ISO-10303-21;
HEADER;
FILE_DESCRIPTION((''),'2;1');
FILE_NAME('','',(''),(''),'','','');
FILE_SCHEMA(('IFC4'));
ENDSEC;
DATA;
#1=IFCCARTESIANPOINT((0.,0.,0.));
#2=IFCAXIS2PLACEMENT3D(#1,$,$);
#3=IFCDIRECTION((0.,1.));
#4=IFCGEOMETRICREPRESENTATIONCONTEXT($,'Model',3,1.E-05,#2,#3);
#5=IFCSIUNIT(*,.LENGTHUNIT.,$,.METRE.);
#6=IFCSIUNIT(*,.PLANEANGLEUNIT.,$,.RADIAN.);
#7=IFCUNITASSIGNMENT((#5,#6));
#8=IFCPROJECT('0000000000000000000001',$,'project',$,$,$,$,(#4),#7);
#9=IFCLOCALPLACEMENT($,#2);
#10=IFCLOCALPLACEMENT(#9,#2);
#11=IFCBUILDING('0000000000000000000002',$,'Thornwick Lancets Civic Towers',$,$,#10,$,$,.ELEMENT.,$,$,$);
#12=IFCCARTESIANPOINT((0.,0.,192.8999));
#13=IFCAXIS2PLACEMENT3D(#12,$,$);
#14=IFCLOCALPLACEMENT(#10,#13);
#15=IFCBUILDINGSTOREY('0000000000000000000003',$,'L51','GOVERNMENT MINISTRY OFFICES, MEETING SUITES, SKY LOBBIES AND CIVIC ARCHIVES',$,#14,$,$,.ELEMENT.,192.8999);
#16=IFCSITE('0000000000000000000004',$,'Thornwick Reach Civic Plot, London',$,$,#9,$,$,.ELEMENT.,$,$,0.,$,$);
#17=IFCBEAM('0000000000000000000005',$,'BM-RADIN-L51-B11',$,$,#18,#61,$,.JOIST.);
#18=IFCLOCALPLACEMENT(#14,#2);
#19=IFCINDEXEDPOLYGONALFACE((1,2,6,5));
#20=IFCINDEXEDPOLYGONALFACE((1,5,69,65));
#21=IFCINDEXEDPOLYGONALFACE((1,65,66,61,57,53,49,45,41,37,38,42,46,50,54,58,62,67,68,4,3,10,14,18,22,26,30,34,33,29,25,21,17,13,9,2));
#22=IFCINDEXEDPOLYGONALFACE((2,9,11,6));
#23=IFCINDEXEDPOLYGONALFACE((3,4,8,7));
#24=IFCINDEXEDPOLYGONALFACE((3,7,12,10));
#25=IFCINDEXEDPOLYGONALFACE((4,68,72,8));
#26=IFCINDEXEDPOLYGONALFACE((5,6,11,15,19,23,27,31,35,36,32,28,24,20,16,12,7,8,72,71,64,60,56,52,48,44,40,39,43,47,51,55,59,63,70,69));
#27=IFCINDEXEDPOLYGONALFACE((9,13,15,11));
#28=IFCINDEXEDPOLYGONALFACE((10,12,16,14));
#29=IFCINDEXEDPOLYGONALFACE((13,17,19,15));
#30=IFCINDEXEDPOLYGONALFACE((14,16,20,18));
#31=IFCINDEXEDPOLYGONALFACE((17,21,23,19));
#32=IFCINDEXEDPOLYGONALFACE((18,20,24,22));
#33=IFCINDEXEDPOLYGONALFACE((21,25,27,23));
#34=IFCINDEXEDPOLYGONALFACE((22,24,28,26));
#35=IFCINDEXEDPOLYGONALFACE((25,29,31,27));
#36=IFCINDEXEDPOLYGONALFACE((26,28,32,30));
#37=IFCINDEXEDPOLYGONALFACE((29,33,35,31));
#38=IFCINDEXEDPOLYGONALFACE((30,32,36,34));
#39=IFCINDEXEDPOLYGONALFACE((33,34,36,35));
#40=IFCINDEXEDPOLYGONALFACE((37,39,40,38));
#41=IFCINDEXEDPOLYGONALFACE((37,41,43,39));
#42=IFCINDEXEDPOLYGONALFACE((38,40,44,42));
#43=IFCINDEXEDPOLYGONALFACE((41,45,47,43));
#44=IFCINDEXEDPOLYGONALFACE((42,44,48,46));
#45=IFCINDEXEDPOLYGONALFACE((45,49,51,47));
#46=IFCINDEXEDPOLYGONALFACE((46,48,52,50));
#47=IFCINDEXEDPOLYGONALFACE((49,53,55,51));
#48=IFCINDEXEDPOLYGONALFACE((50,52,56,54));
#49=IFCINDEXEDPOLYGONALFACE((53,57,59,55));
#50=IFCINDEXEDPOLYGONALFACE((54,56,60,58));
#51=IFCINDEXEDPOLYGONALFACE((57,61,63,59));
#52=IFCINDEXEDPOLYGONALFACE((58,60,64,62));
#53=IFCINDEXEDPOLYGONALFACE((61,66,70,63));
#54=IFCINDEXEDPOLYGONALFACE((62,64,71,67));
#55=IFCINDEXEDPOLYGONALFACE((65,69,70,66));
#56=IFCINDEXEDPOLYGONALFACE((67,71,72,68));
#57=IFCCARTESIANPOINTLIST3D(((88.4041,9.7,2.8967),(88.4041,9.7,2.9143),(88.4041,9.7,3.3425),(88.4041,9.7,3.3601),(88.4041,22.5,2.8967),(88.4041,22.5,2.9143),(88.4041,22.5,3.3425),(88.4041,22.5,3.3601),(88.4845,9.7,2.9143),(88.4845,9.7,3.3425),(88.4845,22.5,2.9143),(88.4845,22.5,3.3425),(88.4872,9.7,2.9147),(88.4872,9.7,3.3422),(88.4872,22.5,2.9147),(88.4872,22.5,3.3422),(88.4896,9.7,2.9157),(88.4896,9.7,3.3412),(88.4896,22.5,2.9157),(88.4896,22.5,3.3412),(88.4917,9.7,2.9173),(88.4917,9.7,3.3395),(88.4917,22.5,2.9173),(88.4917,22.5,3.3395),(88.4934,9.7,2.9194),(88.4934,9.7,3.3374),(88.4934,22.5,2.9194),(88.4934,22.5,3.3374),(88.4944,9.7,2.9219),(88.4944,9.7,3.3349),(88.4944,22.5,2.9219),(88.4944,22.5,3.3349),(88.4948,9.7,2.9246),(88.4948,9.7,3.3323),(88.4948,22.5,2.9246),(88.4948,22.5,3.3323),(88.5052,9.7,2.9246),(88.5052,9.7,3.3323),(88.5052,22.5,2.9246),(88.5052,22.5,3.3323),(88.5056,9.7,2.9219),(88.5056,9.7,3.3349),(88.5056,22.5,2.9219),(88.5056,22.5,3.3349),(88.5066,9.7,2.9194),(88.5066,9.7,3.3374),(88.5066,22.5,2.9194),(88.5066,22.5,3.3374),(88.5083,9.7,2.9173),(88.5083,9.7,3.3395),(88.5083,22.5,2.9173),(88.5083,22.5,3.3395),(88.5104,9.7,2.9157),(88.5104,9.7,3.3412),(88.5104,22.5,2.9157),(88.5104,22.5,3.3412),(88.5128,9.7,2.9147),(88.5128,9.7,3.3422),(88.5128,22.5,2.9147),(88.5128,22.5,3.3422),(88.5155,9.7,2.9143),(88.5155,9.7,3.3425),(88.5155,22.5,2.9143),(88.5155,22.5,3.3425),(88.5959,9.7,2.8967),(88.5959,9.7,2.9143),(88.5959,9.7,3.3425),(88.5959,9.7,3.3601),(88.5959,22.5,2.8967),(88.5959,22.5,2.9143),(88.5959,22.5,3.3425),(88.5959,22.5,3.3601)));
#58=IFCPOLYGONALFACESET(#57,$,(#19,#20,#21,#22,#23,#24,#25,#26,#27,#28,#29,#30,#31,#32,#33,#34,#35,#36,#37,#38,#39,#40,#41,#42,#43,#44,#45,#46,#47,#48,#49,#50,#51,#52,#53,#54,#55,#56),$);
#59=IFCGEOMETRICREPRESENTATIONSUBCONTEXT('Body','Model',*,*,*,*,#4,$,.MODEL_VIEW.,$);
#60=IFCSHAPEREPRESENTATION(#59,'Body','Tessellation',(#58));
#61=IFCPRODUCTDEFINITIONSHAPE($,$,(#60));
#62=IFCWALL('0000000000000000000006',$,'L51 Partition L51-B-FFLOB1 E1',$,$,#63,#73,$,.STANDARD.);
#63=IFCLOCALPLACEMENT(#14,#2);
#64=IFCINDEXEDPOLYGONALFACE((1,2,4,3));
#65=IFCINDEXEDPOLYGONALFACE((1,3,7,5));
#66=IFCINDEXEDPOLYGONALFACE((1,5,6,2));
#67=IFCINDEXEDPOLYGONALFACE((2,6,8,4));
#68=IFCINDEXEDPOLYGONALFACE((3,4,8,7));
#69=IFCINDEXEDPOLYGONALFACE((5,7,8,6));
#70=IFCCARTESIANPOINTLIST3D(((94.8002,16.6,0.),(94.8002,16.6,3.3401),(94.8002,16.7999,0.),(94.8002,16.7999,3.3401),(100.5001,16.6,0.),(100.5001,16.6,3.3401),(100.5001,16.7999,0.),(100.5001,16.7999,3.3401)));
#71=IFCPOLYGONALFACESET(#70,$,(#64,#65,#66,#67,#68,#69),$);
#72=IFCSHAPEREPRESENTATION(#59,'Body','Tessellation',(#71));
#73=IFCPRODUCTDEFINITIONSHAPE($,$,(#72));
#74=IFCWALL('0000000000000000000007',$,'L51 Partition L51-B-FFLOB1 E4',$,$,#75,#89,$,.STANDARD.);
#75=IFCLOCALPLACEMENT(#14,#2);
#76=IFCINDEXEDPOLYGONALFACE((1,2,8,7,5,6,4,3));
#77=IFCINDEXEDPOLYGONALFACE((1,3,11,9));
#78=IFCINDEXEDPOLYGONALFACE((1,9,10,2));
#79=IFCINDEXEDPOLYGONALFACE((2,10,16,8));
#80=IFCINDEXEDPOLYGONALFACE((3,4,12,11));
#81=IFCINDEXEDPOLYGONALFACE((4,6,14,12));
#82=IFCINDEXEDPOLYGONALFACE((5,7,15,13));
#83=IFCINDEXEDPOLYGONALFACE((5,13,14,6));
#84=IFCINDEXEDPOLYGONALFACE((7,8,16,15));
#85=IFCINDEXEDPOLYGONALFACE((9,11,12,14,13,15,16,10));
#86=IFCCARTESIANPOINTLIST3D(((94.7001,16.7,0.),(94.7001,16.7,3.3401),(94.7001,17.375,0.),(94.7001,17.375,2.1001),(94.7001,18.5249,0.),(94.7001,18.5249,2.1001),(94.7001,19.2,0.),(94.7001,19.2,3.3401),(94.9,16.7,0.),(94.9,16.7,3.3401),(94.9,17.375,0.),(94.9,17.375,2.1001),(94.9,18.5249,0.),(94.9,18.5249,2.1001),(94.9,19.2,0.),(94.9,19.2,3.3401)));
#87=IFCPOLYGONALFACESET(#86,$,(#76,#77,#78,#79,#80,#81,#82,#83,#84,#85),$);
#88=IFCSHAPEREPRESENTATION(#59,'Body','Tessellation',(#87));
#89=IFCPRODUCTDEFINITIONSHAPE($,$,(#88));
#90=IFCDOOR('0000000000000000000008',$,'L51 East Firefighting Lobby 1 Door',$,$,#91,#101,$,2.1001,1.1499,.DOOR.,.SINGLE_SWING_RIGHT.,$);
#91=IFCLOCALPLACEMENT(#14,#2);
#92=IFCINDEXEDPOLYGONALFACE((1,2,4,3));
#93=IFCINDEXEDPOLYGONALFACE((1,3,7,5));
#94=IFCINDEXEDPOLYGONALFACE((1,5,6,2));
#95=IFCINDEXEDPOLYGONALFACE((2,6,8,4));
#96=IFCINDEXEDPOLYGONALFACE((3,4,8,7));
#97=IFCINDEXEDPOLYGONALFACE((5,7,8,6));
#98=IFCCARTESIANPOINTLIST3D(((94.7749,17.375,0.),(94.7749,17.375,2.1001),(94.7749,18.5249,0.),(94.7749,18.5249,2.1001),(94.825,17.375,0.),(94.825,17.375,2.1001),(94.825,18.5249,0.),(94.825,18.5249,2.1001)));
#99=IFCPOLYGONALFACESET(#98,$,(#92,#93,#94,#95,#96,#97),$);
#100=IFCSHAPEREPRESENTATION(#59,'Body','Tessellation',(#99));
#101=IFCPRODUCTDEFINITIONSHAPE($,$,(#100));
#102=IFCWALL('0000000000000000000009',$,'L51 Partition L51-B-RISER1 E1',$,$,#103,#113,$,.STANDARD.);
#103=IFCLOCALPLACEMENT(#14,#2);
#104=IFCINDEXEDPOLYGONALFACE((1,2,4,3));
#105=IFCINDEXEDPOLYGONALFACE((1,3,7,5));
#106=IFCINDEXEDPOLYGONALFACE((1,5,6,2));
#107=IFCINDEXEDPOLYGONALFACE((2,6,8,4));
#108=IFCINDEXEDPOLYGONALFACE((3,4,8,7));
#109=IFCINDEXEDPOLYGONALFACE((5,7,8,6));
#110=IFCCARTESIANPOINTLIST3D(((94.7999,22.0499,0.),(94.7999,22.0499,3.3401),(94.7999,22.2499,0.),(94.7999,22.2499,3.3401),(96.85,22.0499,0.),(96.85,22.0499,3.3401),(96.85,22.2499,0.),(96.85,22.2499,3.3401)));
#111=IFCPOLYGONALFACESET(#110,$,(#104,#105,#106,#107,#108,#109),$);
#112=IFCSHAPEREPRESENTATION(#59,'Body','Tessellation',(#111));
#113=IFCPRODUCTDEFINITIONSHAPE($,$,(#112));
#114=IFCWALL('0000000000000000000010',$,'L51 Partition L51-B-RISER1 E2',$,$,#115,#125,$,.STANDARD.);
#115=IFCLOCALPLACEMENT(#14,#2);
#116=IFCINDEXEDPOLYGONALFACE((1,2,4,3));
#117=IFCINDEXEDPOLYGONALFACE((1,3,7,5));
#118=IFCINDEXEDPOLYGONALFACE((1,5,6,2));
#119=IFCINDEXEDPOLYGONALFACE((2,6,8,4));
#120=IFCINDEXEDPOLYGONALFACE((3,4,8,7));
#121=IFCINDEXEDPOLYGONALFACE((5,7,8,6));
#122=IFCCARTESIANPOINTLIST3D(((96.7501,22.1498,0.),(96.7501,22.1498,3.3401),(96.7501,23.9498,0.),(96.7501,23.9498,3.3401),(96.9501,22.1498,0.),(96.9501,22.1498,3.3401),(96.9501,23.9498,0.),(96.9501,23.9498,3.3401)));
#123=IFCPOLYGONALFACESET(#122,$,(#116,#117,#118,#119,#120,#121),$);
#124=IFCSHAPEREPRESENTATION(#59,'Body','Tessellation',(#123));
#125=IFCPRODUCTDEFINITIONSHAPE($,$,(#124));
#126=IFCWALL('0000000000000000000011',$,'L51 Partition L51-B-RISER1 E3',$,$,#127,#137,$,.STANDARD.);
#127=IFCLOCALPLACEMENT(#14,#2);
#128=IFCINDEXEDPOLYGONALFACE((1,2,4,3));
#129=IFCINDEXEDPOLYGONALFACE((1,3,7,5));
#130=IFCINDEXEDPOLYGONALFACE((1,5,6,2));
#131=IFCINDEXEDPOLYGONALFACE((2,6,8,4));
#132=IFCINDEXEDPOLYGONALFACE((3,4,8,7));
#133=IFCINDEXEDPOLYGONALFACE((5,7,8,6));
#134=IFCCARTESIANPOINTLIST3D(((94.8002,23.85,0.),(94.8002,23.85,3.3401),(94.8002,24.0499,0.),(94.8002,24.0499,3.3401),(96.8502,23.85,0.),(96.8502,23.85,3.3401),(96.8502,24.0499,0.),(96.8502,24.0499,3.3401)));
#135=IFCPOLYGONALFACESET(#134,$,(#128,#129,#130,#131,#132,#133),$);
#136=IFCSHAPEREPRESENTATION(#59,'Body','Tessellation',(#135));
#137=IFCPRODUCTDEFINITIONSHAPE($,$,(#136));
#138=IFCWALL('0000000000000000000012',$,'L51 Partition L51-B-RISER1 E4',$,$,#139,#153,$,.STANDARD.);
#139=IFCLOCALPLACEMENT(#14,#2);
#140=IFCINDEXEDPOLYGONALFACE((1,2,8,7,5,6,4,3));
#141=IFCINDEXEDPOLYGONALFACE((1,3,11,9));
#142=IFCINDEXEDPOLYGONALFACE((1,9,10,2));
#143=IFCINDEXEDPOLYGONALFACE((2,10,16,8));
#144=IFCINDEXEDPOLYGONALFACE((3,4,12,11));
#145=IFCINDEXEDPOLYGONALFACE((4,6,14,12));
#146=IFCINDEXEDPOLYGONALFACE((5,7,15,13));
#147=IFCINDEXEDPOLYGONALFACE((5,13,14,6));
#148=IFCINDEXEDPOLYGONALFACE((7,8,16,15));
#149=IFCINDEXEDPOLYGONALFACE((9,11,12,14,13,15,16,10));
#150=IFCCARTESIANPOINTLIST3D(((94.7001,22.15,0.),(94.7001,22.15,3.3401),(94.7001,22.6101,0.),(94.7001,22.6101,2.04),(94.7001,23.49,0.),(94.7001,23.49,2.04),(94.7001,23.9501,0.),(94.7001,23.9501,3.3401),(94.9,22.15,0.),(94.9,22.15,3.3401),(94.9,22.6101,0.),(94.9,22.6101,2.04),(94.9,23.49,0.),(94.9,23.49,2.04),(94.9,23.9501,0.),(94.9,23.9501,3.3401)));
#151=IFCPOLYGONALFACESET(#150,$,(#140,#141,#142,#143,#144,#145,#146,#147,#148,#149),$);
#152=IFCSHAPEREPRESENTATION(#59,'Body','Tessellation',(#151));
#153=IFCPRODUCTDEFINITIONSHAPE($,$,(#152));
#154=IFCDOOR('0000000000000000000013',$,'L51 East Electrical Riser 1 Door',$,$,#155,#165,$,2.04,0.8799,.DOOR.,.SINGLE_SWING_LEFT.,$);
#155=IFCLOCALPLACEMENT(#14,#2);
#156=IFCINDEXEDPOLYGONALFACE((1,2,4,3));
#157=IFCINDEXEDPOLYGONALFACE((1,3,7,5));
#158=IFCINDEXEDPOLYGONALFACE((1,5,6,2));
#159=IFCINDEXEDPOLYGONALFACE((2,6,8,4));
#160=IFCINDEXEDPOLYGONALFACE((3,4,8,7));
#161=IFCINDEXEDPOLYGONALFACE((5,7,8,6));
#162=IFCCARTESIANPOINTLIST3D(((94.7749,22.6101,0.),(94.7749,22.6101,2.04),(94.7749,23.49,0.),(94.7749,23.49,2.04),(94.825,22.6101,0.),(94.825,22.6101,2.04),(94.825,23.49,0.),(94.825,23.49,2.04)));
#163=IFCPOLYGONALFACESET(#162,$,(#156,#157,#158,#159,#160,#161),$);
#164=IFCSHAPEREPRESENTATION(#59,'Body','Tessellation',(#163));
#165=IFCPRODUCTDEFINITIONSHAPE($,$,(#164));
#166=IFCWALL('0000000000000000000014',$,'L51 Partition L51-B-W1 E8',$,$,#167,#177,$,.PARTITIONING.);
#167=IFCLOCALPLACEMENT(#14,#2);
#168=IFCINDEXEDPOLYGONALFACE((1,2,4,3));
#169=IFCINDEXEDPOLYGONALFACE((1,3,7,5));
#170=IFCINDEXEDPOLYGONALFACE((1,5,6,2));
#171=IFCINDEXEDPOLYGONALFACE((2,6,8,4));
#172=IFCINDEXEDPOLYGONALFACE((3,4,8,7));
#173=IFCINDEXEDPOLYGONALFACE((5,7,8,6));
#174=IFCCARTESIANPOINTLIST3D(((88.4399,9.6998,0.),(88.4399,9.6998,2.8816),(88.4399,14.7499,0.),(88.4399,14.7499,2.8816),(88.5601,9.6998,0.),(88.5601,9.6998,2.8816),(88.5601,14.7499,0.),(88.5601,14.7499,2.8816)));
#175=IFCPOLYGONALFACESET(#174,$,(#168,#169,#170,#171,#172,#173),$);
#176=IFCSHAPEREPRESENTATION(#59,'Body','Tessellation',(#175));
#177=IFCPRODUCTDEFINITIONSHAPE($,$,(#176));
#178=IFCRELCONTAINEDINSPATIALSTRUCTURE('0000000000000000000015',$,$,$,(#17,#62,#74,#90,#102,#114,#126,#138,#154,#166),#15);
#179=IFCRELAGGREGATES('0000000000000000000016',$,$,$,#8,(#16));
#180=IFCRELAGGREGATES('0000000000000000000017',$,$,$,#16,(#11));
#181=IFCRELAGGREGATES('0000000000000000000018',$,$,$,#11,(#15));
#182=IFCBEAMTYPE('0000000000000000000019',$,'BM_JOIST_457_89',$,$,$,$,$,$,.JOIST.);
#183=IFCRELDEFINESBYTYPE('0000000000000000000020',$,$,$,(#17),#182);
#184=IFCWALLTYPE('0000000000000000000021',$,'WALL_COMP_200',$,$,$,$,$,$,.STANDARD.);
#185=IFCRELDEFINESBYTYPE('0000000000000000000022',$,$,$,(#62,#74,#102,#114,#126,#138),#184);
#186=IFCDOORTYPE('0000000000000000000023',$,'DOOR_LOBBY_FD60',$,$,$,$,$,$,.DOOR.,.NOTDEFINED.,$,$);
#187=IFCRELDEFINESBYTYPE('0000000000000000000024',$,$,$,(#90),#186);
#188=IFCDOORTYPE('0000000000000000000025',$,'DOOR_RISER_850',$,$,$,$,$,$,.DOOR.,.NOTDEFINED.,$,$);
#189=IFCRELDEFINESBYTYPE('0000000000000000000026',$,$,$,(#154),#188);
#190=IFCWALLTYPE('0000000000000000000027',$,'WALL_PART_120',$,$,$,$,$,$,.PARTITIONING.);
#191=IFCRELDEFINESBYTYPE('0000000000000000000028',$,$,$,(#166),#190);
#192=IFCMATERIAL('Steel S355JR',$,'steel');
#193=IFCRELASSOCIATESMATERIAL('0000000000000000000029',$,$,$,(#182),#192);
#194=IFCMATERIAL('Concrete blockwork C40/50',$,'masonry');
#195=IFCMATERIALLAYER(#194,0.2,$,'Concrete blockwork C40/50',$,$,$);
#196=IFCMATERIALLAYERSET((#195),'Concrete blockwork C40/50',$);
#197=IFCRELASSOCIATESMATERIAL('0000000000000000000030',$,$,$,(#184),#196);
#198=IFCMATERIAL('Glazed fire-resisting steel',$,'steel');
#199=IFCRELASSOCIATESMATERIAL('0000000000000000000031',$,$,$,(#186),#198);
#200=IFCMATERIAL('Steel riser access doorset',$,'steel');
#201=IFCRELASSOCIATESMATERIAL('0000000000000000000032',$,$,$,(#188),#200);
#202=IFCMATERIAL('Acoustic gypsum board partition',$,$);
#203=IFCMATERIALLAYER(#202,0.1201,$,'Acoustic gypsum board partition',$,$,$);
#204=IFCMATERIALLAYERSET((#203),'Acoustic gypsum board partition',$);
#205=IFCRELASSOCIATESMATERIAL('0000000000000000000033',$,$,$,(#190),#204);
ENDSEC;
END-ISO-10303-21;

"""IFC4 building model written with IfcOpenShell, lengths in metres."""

from ifc_helpers import new_model, si_unit, direction, frame, frame_2d, origin, origin_2d, place, context, subcontext, project, spatial, rectangle, i_section, extrude, material, layer, layer_set, material_profile, profile_set, type_object, element, fill, save


model = new_model("IFC4")

# Units and contexts
model_context = context("Model", 3, precision=1e-05, world=origin(), true_north=direction((0.0, 1.0)))
body_context = subcontext(model_context, "Body", "Model", "MODEL_VIEW")
ifc_project = project(units=[si_unit("LENGTHUNIT", "METRE"), si_unit("PLANEANGLEUNIT", "RADIAN")], contexts=[model_context])

# Site, building, storey
site_placement = place(None, origin())
site = spatial("IfcSite", under=ifc_project, at=site_placement, Name="Thornwick Reach Civic Plot, London", CompositionType="ELEMENT", RefElevation=0.0)
building_placement = place(site_placement, origin())
building = spatial("IfcBuilding", under=site, at=building_placement, Name="Thornwick Lancets Civic Towers", CompositionType="ELEMENT")
storey_placement = place(building_placement, frame((0.0, 0.0, 192.8999)))
storey = spatial("IfcBuildingStorey", under=building, at=storey_placement, Name="L51", Description="GOVERNMENT MINISTRY OFFICES, MEETING SUITES, SKY LOBBIES AND CIVIC ARCHIVES", CompositionType="ELEMENT", Elevation=192.8999)

# Beam
ifc_material_1 = material(Name="Steel S355JR", Category="steel")
ifc_material_profile_1 = material_profile(ifc_material_1, i_section(OverallWidth=0.1919, OverallDepth=0.4634, WebThickness=0.0105, FlangeThickness=0.0176, FilletRadius=0.0103, at=origin_2d()), Name="UKB 457x191x89")
ifc_profile_set_1 = profile_set([ifc_material_profile_1], Name="Steel S355JR")
beam_type_1 = type_object("IfcBeamType", Name="BM_JOIST_457_89", PredefinedType="JOIST", material=ifc_profile_set_1)
for number, where, z_axis, x_axis, name in (
    (1, (88.5, 22.5, 3.1284), (0.0, -1.0, 0.0), (1.0, 0.0, 0.0), "BM-RADIN-L51-B11"),
):
    element("IfcBeam", number, at=place(storey_placement, frame(where, z_axis=z_axis, x_axis=x_axis)), inside=storey, type_object=beam_type_1, Name=name, PredefinedType="JOIST", context=body_context, shape_type="SweptSolid", body=[
        extrude(i_section(OverallWidth=0.1919, OverallDepth=0.4634, WebThickness=0.0105, FlangeThickness=0.0176, FilletRadius=0.0103, at=origin_2d()), origin(), (0.0, 0.0, 1.0), 12.8),
    ])

# Wall
ifc_material_2 = material(Name="Concrete blockwork C40/50", Category="masonry")
ifc_layer_1 = layer(ifc_material_2, 0.2, Name="Concrete blockwork C40/50")
ifc_layer_set_1 = layer_set([ifc_layer_1], Name="Concrete blockwork C40/50")
wall_type_1 = type_object("IfcWallType", Name="WALL_COMP_200", PredefinedType="STANDARD", material=ifc_layer_set_1)
wall_1_placement = place(storey_placement, frame((94.8, 16.7, 0.0), z_axis=(0.0, 0.0, 1.0), x_axis=(1.0, 0.0, 0.0)))
element("IfcWall", 2, at=wall_1_placement, inside=storey, type_object=wall_type_1, Name="L51 Partition L51-B-FFLOB1 E1", PredefinedType="STANDARD", context=body_context, shape_type="SweptSolid", body=[
    extrude(rectangle(XDim=5.7, YDim=0.2, at=frame_2d((2.8501, 0.0))), origin(), (0.0, 0.0, 1.0), 3.3401),
])

# Wall, opening, door
wall_2_placement = place(storey_placement, frame((94.8, 19.2, 0.0), z_axis=(0.0, 0.0, 1.0), x_axis=(0.0, -1.0, 0.0)))
wall_2 = element("IfcWall", 3, at=wall_2_placement, inside=storey, type_object=wall_type_1, Name="L51 Partition L51-B-FFLOB1 E4", PredefinedType="STANDARD", context=body_context, shape_type="SweptSolid", body=[
    extrude(rectangle(XDim=2.5, YDim=0.2, at=frame_2d((1.25, 0.0))), origin(), (0.0, 0.0, 1.0), 3.3401),
])
opening_1_placement = place(wall_2_placement, frame((0.675, 0.0, 0.0)))
opening_1 = element("IfcOpeningElement", 4, at=opening_1_placement, cuts=wall_2, PredefinedType="OPENING", context=body_context, shape_type="SweptSolid", body=[
    extrude(rectangle(XDim=1.1499, YDim=2.1001, at=frame_2d((0.575, 1.05))), frame((0.0, 0.1099, 0.0), z_axis=(0.0, -1.0, 0.0), x_axis=(1.0, 0.0, 0.0)), (0.0, 0.0, 1.0), 0.22),
])
ifc_material_3 = material(Name="Glazed fire-resisting steel", Category="steel")
door_type_1 = type_object("IfcDoorType", Name="DOOR_LOBBY_FD60", OperationType="NOTDEFINED", PredefinedType="DOOR", material=ifc_material_3)
door_1_placement = place(opening_1_placement, origin())
door_1 = element("IfcDoor", 5, at=door_1_placement, inside=storey, type_object=door_type_1, Name="L51 East Firefighting Lobby 1 Door", OperationType="SINGLE_SWING_RIGHT", OverallHeight=2.1001, OverallWidth=1.1499, PredefinedType="DOOR", context=body_context, shape_type="SweptSolid", body=[
    extrude(rectangle(XDim=1.1499, YDim=2.1001, at=frame_2d((0.575, 1.05))), frame((0.0, 0.0249, 0.0), z_axis=(0.0, -1.0, 0.0), x_axis=(1.0, 0.0, 0.0)), (0.0, 0.0, 1.0), 0.05),
])
fill(opening_1, door_1)

# Walls
wall_3_placement = place(storey_placement, frame((94.8, 22.1499, 0.0), z_axis=(0.0, 0.0, 1.0), x_axis=(1.0, 0.0, 0.0)))
element("IfcWall", 6, at=wall_3_placement, inside=storey, type_object=wall_type_1, Name="L51 Partition L51-B-RISER1 E1", PredefinedType="STANDARD", context=body_context, shape_type="SweptSolid", body=[
    extrude(rectangle(XDim=2.05, YDim=0.2, at=frame_2d((1.0249, 0.0))), origin(), (0.0, 0.0, 1.0), 3.3401),
])
wall_4_placement = place(storey_placement, frame((96.8501, 22.1499, 0.0), z_axis=(0.0, 0.0, 1.0), x_axis=(0.0, 1.0, 0.0)))
element("IfcWall", 7, at=wall_4_placement, inside=storey, type_object=wall_type_1, Name="L51 Partition L51-B-RISER1 E2", PredefinedType="STANDARD", context=body_context, shape_type="SweptSolid", body=[
    extrude(rectangle(XDim=1.8, YDim=0.2, at=frame_2d((0.8999, 0.0))), origin(), (0.0, 0.0, 1.0), 3.3401),
])
wall_5_placement = place(storey_placement, frame((96.8501, 23.95, 0.0), z_axis=(0.0, 0.0, 1.0), x_axis=(-1.0, 0.0, 0.0)))
element("IfcWall", 8, at=wall_5_placement, inside=storey, type_object=wall_type_1, Name="L51 Partition L51-B-RISER1 E3", PredefinedType="STANDARD", context=body_context, shape_type="SweptSolid", body=[
    extrude(rectangle(XDim=2.05, YDim=0.2, at=frame_2d((1.0249, 0.0))), origin(), (0.0, 0.0, 1.0), 3.3401),
])

# Wall, opening, door
wall_6_placement = place(storey_placement, frame((94.8, 23.95, 0.0), z_axis=(0.0, 0.0, 1.0), x_axis=(0.0, -1.0, 0.0)))
wall_6 = element("IfcWall", 9, at=wall_6_placement, inside=storey, type_object=wall_type_1, Name="L51 Partition L51-B-RISER1 E4", PredefinedType="STANDARD", context=body_context, shape_type="SweptSolid", body=[
    extrude(rectangle(XDim=1.8, YDim=0.2, at=frame_2d((0.8999, 0.0))), origin(), (0.0, 0.0, 1.0), 3.3401),
])
opening_2_placement = place(wall_6_placement, frame((0.46, 0.0, 0.0)))
opening_2 = element("IfcOpeningElement", 10, at=opening_2_placement, cuts=wall_6, PredefinedType="OPENING", context=body_context, shape_type="SweptSolid", body=[
    extrude(rectangle(XDim=0.8799, YDim=2.04, at=frame_2d((0.4399, 1.02))), frame((0.0, 0.1099, 0.0), z_axis=(0.0, -1.0, 0.0), x_axis=(1.0, 0.0, 0.0)), (0.0, 0.0, 1.0), 0.22),
])
ifc_material_4 = material(Name="Steel riser access doorset", Category="steel")
door_type_2 = type_object("IfcDoorType", Name="DOOR_RISER_850", OperationType="NOTDEFINED", PredefinedType="DOOR", material=ifc_material_4)
door_2_placement = place(opening_2_placement, origin())
door_2 = element("IfcDoor", 11, at=door_2_placement, inside=storey, type_object=door_type_2, Name="L51 East Electrical Riser 1 Door", OperationType="SINGLE_SWING_LEFT", OverallHeight=2.04, OverallWidth=0.8799, PredefinedType="DOOR", context=body_context, shape_type="SweptSolid", body=[
    extrude(rectangle(XDim=0.8799, YDim=2.04, at=frame_2d((0.4399, 1.02))), frame((0.0, 0.0249, 0.0), z_axis=(0.0, -1.0, 0.0), x_axis=(1.0, 0.0, 0.0)), (0.0, 0.0, 1.0), 0.05),
])
fill(opening_2, door_2)

# Wall
ifc_material_5 = material(Name="Acoustic gypsum board partition")
ifc_layer_2 = layer(ifc_material_5, 0.1201, Name="Acoustic gypsum board partition")
ifc_layer_set_2 = layer_set([ifc_layer_2], Name="Acoustic gypsum board partition")
wall_type_2 = type_object("IfcWallType", Name="WALL_PART_120", PredefinedType="PARTITIONING", material=ifc_layer_set_2)
wall_7_placement = place(storey_placement, frame((88.5, 9.7, 0.0), z_axis=(0.0, 0.0, 1.0), x_axis=(0.0, 1.0, 0.0)))
element("IfcWall", 12, at=wall_7_placement, inside=storey, type_object=wall_type_2, Name="L51 Partition L51-B-W1 E8", PredefinedType="PARTITIONING", context=body_context, shape_type="SweptSolid", body=[
    extrude(rectangle(XDim=5.05, YDim=0.1201, at=frame_2d((2.5249, 0.0))), origin(), (0.0, 0.0, 1.0), 2.8816),
])

save(model, "model.ifc")
